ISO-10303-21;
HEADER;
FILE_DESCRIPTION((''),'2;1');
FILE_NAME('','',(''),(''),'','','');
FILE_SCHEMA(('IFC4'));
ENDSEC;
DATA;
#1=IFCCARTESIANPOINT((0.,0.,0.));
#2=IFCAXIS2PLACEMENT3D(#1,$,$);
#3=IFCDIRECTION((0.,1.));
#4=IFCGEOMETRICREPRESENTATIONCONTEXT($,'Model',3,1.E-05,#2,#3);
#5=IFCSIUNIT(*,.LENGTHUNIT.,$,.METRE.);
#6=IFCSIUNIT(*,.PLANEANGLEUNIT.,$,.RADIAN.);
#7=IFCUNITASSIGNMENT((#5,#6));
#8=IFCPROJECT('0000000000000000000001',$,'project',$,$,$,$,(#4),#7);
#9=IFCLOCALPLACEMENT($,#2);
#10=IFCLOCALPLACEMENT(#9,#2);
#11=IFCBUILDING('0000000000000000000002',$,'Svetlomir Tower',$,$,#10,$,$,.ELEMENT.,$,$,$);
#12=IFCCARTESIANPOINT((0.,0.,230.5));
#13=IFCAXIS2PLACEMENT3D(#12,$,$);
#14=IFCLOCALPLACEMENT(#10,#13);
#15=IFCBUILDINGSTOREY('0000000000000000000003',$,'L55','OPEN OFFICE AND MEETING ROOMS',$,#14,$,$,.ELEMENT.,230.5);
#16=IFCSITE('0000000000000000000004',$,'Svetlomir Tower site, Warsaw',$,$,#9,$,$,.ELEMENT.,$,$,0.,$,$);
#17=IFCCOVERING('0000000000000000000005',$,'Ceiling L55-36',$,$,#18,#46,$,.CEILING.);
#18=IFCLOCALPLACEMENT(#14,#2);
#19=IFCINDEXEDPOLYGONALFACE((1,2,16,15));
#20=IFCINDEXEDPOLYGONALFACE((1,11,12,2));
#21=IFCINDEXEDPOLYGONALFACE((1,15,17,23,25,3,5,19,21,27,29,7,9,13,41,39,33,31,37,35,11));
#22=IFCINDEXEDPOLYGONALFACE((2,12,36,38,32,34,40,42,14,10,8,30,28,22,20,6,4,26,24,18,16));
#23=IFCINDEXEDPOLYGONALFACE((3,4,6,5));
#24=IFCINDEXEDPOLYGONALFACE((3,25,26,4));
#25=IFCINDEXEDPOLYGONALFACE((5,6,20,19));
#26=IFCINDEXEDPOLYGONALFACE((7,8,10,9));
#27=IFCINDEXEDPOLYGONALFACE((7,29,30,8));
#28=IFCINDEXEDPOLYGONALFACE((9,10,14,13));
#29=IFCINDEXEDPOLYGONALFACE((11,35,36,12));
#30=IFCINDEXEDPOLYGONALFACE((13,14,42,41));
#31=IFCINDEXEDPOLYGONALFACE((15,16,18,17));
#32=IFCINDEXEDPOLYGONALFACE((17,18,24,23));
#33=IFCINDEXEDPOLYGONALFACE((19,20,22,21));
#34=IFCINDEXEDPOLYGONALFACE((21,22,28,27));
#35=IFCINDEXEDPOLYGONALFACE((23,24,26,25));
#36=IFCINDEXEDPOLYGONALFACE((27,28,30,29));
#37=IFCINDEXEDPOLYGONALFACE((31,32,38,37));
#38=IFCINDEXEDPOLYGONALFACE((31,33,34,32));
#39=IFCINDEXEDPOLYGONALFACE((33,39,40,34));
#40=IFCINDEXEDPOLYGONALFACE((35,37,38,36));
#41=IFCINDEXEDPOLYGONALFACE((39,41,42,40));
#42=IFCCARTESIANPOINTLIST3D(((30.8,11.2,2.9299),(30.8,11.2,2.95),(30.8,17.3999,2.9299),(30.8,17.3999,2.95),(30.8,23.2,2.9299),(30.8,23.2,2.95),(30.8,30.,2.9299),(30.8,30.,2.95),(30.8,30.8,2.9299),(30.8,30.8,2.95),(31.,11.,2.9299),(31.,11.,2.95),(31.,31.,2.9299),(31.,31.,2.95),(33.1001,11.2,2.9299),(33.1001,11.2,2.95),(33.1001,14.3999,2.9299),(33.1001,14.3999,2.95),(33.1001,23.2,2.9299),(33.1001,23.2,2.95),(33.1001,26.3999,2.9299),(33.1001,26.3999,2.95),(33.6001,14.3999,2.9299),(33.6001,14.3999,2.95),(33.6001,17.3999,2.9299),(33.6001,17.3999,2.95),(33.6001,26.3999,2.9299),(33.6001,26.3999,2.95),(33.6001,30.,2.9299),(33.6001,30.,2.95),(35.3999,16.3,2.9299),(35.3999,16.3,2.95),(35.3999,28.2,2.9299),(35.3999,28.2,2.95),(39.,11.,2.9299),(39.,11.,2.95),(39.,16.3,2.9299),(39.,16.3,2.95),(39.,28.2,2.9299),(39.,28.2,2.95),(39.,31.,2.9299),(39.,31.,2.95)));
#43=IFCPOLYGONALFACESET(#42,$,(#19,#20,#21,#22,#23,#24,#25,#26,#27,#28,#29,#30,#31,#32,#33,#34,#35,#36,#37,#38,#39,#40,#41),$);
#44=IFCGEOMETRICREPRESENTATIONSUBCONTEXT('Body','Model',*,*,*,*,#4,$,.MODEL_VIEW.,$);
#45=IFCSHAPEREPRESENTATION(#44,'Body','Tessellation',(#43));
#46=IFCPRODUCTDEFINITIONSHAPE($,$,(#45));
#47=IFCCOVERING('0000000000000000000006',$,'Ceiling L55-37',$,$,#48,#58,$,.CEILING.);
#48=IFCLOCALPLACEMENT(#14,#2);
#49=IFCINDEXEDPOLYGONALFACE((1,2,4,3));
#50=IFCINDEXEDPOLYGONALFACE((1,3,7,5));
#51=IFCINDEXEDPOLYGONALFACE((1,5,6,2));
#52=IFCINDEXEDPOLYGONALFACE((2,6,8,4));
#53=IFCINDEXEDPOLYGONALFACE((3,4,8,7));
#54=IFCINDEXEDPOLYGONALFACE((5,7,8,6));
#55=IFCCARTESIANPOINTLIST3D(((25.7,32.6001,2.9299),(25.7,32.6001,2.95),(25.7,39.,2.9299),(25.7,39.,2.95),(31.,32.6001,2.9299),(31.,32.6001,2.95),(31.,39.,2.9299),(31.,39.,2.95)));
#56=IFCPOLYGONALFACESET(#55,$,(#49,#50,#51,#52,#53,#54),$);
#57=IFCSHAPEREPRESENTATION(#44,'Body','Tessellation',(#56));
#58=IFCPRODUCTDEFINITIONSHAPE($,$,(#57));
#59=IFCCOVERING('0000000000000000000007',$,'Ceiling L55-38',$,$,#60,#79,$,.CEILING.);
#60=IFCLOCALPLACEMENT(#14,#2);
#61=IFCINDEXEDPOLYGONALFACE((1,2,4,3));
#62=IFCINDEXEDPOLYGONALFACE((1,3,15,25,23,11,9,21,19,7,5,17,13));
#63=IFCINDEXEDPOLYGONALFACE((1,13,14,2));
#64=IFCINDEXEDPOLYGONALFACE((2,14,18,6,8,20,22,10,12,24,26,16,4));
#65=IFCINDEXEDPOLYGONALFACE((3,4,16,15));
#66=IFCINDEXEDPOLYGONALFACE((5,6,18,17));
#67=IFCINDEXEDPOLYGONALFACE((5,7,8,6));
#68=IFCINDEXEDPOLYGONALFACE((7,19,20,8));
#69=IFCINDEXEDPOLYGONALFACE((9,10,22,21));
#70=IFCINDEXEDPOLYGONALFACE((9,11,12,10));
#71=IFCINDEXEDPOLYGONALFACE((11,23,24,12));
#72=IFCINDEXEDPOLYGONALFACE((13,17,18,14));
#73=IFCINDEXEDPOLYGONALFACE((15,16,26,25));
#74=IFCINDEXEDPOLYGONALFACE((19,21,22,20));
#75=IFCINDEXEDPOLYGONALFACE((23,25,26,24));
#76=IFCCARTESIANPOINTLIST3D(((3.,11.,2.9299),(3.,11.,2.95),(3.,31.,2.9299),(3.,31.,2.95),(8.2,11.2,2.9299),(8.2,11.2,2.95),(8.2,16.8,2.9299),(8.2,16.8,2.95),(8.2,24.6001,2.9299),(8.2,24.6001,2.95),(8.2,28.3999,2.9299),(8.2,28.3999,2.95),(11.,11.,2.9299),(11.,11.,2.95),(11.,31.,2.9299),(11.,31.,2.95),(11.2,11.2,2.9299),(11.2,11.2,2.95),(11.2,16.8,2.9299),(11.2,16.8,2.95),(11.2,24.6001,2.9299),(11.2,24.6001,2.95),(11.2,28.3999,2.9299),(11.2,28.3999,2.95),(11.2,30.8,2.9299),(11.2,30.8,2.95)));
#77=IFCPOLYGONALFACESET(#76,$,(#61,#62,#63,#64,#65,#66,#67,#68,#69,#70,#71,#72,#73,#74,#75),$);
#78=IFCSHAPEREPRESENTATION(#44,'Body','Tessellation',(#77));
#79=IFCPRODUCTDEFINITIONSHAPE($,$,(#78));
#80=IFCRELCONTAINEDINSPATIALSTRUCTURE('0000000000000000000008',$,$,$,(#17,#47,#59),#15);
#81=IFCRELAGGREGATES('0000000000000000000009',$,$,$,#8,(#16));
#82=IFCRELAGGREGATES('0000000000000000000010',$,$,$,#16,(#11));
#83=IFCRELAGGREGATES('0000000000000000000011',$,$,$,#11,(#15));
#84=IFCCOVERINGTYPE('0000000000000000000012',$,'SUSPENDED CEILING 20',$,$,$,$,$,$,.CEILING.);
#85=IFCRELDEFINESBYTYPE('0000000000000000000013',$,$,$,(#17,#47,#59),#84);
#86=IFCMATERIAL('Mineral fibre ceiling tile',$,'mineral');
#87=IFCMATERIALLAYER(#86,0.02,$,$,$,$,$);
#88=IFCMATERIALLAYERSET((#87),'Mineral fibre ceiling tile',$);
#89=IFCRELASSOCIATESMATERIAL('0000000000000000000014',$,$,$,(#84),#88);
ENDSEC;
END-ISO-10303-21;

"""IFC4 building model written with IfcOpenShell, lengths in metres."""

from ifc_helpers import new_model, si_unit, direction, frame, origin, place, context, subcontext, project, spatial, polyline, outline, extrude, material, layer, layer_set, type_object, element, save


model = new_model("IFC4")

# Units and contexts
model_context = context("Model", 3, precision=1e-05, world=origin(), true_north=direction((0.0, 1.0)))
body_context = subcontext(model_context, "Body", "Model", "MODEL_VIEW")
ifc_project = project(units=[si_unit("LENGTHUNIT", "METRE"), si_unit("PLANEANGLEUNIT", "RADIAN")], contexts=[model_context])

# Site, building, storey
site_placement = place(None, origin())
site = spatial("IfcSite", under=ifc_project, at=site_placement, Name="Svetlomir Tower site, Warsaw", CompositionType="ELEMENT", RefElevation=0.0)
building_placement = place(site_placement, origin())
building = spatial("IfcBuilding", under=site, at=building_placement, Name="Svetlomir Tower", CompositionType="ELEMENT")
storey_placement = place(building_placement, frame((0.0, 0.0, 230.5)))
storey = spatial("IfcBuildingStorey", under=building, at=storey_placement, Name="L55", Description="OPEN OFFICE AND MEETING ROOMS", CompositionType="ELEMENT", Elevation=230.5)

# Coverings
ifc_material_1 = material(Name="Mineral fibre ceiling tile", Category="mineral")
ifc_layer_1 = layer(ifc_material_1, 0.02)
ifc_layer_set_1 = layer_set([ifc_layer_1], Name="Mineral fibre ceiling tile")
covering_type_1 = type_object("IfcCoveringType", Name="SUSPENDED CEILING 20", PredefinedType="CEILING", material=ifc_layer_set_1)
covering_1_placement = place(storey_placement, frame((0.0, 0.0, 2.9299)))
element("IfcCovering", 1, at=covering_1_placement, inside=storey, type_object=covering_type_1, Name="Ceiling L55-36", PredefinedType="CEILING", context=body_context, shape_type="SweptSolid", body=[
    extrude(outline(polyline([(30.8, 23.2), (33.1001, 23.2), (33.1001, 26.3999), (33.6001, 26.3999), (33.6001, 30.0), (30.8, 30.0), (30.8, 30.8), (31.0, 31.0), (39.0, 31.0), (39.0, 28.2), (35.3999, 28.2), (35.3999, 16.3), (39.0, 16.3), (39.0, 11.0), (31.0, 11.0), (30.8, 11.2), (33.1001, 11.2), (33.1001, 14.3999), (33.6001, 14.3999), (33.6001, 17.3999), (30.8, 17.3999), (30.8, 23.2)])), origin(), (0.0, 0.0, 1.0), 0.02),
])
covering_2_placement = place(storey_placement, frame((0.0, 0.0, 2.9299)))
element("IfcCovering", 2, at=covering_2_placement, inside=storey, type_object=covering_type_1, Name="Ceiling L55-37", PredefinedType="CEILING", context=body_context, shape_type="SweptSolid", body=[
    extrude(outline(polyline([(31.0, 39.0), (31.0, 32.6001), (25.7, 32.6001), (25.7, 39.0), (31.0, 39.0)])), origin(), (0.0, 0.0, 1.0), 0.02),
])
covering_3_placement = place(storey_placement, frame((0.0, 0.0, 2.9299)))
element("IfcCovering", 3, at=covering_3_placement, inside=storey, type_object=covering_type_1, Name="Ceiling L55-38", PredefinedType="CEILING", context=body_context, shape_type="SweptSolid", body=[
    extrude(outline(polyline([(3.0, 31.0), (11.0, 31.0), (11.2, 30.8), (11.2, 28.3999), (8.2, 28.3999), (8.2, 24.6001), (11.2, 24.6001), (11.2, 16.8), (8.2, 16.8), (8.2, 11.2), (11.2, 11.2), (11.0, 11.0), (3.0, 11.0), (3.0, 31.0)])), origin(), (0.0, 0.0, 1.0), 0.02),
])

save(model, "model.ifc")
